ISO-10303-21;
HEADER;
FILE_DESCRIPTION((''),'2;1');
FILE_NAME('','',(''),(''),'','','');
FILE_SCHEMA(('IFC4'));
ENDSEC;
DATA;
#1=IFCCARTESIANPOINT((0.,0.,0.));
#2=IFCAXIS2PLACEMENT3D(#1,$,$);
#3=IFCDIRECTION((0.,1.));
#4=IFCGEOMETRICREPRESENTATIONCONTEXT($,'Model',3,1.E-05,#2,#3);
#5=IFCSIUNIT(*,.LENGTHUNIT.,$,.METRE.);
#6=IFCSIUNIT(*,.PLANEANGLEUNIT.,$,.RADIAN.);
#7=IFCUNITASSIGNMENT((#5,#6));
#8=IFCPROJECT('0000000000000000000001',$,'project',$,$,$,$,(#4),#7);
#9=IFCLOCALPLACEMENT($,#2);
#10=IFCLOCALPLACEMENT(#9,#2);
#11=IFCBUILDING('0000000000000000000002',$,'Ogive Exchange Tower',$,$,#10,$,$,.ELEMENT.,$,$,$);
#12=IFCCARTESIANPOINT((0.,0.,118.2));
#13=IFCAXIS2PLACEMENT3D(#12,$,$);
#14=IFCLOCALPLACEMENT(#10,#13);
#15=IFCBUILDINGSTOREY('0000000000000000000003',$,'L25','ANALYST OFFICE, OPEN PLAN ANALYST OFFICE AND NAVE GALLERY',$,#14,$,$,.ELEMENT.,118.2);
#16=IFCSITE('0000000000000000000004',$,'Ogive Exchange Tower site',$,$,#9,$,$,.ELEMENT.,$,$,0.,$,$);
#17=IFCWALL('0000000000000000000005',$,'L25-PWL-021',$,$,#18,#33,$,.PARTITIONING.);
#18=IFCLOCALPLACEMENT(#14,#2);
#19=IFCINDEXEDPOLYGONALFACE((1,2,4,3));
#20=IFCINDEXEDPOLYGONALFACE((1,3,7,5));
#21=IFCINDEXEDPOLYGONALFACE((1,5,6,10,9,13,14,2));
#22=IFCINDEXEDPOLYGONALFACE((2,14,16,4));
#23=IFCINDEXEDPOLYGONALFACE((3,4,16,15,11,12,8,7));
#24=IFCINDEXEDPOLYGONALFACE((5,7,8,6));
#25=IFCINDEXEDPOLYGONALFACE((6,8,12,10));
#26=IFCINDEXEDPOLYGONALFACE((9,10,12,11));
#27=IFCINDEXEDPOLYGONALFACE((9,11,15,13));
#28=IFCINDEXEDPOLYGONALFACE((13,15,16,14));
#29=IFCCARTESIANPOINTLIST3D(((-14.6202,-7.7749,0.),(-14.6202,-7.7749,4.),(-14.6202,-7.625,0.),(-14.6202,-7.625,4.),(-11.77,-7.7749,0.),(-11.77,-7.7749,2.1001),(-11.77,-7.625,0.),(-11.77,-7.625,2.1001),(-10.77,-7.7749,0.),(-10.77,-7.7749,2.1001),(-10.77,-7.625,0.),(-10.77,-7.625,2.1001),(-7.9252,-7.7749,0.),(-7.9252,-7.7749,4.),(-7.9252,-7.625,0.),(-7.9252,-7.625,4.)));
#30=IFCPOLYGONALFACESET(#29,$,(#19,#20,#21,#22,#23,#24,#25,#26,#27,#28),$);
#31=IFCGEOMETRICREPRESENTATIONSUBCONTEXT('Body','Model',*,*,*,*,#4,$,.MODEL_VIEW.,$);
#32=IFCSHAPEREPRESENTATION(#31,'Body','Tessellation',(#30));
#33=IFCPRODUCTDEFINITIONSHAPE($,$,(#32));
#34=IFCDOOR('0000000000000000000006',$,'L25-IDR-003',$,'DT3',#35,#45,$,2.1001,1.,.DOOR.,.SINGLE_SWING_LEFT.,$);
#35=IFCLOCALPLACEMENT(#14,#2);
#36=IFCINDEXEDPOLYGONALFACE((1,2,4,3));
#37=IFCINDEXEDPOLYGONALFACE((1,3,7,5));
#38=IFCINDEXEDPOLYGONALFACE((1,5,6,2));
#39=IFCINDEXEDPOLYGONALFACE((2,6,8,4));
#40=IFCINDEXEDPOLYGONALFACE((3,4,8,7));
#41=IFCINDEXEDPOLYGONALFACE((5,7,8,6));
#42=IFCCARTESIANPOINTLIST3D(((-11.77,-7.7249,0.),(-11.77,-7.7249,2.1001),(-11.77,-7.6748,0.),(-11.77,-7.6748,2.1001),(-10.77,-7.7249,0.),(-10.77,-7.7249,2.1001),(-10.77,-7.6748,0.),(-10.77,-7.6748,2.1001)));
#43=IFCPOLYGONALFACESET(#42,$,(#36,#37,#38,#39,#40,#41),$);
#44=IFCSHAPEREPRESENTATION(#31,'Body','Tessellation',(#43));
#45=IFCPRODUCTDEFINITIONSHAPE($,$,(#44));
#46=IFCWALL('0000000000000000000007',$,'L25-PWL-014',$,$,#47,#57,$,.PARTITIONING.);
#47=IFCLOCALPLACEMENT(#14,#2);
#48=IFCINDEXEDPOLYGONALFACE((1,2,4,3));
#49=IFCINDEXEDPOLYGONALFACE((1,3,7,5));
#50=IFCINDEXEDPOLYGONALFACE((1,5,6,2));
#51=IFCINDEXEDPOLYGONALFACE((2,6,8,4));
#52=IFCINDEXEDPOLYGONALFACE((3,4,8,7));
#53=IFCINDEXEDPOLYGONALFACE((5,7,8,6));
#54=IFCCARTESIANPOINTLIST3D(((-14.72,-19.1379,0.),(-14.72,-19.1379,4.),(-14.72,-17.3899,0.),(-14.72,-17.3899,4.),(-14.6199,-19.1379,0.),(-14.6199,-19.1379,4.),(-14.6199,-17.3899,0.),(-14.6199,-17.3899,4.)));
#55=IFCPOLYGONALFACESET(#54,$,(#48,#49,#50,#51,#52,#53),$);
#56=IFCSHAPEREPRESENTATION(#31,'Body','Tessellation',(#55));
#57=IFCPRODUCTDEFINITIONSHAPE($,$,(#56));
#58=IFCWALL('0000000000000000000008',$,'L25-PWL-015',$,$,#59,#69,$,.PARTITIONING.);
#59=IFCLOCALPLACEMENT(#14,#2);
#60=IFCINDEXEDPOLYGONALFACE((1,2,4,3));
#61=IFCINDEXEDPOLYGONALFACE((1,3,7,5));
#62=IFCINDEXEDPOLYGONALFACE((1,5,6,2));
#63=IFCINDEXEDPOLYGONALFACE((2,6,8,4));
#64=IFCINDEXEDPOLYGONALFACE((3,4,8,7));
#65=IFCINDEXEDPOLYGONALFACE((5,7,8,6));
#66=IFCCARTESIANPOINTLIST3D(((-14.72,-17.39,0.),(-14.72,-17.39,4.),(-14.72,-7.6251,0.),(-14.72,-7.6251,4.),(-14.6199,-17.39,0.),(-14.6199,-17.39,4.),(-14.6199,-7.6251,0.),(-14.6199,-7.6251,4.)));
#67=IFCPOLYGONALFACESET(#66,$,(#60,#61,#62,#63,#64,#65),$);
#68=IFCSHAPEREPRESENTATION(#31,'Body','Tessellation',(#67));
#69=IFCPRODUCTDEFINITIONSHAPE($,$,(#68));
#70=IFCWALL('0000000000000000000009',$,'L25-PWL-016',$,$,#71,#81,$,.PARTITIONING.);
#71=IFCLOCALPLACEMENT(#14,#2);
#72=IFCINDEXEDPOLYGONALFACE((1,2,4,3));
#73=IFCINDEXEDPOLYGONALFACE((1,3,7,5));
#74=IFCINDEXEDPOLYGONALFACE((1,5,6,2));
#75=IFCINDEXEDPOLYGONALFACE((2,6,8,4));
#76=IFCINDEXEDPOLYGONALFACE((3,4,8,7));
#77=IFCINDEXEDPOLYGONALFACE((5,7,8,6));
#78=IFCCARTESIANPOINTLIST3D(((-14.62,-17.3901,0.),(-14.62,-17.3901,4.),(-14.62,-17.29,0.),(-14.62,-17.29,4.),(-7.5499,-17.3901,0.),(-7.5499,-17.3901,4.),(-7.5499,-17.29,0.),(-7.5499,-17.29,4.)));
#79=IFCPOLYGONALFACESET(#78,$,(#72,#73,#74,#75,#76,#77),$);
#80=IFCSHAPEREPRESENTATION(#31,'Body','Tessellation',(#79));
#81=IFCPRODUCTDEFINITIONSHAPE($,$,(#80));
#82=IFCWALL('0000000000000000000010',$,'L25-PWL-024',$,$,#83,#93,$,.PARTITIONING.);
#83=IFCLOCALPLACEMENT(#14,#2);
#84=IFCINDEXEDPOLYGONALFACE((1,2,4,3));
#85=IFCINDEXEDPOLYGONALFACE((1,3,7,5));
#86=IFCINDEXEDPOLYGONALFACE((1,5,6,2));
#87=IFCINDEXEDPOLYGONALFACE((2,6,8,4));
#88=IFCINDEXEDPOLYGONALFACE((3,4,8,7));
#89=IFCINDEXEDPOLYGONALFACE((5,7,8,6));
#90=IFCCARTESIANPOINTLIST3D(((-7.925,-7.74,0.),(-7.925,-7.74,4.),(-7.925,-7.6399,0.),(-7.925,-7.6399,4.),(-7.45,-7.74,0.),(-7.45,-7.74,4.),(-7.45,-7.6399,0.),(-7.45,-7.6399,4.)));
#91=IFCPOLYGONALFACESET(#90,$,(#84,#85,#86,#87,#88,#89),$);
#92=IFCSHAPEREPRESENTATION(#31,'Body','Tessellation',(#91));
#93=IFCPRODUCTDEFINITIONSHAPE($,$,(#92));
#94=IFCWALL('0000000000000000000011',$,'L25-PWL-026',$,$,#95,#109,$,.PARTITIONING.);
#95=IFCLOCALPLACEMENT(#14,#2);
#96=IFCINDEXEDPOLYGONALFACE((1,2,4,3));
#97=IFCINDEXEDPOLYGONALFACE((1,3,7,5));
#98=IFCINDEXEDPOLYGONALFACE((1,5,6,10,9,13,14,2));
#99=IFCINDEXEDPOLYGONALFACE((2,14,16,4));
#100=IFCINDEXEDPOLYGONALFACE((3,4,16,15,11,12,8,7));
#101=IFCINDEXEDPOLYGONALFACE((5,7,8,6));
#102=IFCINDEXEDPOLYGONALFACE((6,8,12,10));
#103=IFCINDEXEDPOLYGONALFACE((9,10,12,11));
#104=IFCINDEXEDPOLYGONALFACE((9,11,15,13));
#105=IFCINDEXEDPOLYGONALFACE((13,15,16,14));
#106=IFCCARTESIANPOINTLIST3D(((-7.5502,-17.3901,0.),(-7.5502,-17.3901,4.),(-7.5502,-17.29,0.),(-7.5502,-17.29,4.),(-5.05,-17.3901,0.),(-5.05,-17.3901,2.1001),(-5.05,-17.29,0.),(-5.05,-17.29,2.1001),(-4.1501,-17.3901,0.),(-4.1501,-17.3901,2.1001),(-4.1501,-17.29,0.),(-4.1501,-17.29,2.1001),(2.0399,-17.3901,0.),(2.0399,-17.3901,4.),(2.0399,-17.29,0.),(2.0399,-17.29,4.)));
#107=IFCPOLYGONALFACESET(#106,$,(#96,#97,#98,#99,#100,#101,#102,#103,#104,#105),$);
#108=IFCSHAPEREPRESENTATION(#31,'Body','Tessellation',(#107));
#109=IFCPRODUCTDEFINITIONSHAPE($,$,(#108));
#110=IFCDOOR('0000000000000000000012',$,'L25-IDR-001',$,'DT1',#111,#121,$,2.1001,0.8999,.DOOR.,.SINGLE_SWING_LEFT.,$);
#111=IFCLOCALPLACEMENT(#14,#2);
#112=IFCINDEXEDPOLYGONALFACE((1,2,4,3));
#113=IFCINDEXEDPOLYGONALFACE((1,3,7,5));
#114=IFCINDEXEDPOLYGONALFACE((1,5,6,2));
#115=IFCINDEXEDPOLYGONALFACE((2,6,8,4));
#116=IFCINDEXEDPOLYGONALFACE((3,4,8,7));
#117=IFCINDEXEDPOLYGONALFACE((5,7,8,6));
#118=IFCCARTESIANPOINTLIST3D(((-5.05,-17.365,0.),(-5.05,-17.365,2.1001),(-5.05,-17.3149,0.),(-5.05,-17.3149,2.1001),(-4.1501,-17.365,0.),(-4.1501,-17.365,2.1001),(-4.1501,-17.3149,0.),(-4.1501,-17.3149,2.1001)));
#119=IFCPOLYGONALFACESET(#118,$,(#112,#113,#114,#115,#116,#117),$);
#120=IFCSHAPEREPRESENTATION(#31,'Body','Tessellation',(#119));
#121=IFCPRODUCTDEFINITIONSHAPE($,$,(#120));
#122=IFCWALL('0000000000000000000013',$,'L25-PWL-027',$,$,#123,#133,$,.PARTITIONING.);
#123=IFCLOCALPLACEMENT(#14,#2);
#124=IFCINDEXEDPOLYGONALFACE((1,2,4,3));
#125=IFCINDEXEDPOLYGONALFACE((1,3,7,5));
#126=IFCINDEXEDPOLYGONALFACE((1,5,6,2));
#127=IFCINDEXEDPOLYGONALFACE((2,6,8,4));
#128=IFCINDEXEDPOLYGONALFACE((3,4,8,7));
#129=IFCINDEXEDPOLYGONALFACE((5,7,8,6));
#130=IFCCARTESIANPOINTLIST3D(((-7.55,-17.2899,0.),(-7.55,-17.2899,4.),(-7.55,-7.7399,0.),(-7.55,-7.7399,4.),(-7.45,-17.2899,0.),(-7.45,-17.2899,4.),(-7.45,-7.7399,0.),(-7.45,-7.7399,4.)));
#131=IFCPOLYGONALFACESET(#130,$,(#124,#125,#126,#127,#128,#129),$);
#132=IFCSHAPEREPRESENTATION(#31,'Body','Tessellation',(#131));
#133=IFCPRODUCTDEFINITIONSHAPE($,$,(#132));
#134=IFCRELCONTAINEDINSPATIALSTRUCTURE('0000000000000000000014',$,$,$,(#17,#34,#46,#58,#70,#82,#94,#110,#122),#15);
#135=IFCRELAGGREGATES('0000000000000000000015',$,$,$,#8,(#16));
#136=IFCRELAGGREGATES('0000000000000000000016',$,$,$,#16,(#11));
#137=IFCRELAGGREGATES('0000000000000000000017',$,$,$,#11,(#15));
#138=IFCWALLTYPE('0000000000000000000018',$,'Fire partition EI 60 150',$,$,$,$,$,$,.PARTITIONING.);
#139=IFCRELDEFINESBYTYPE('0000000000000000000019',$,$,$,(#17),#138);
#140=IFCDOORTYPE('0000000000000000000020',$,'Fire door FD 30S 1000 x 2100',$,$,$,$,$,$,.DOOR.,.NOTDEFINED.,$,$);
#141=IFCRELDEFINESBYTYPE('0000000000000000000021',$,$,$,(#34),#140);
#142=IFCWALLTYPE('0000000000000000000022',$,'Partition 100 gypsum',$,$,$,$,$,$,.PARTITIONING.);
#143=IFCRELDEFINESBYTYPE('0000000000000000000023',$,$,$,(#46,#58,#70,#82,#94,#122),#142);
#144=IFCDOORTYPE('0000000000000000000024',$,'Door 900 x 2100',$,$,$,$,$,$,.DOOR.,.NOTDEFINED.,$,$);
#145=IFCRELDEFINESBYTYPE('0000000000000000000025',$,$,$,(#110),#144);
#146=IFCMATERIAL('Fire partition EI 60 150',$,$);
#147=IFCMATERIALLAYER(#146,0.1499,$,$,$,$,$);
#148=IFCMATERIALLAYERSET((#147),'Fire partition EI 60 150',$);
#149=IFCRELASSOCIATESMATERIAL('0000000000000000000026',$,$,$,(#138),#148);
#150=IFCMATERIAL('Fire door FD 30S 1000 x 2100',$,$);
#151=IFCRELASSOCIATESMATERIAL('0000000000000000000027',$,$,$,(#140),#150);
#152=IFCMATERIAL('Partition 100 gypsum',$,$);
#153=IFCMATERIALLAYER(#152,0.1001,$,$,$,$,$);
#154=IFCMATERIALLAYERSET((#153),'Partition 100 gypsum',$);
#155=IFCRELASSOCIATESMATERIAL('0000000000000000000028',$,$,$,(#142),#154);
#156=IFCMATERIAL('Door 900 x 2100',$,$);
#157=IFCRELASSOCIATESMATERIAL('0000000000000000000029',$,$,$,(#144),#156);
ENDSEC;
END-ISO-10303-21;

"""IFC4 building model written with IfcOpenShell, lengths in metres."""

from ifc_helpers import new_model, si_unit, direction, frame, frame_2d, origin, place, context, subcontext, project, spatial, rectangle, extrude, material, layer, layer_set, type_object, element, fill, save


model = new_model("IFC4")

# Units and contexts
model_context = context("Model", 3, precision=1e-05, world=origin(), true_north=direction((0.0, 1.0)))
body_context = subcontext(model_context, "Body", "Model", "MODEL_VIEW")
ifc_project = project(units=[si_unit("LENGTHUNIT", "METRE"), si_unit("PLANEANGLEUNIT", "RADIAN")], contexts=[model_context])

# Site, building, storey
site_placement = place(None, origin())
site = spatial("IfcSite", under=ifc_project, at=site_placement, Name="Ogive Exchange Tower site", CompositionType="ELEMENT", RefElevation=0.0)
building_placement = place(site_placement, origin())
building = spatial("IfcBuilding", under=site, at=building_placement, Name="Ogive Exchange Tower", CompositionType="ELEMENT")
storey_placement = place(building_placement, frame((0.0, 0.0, 118.2)))
storey = spatial("IfcBuildingStorey", under=building, at=storey_placement, Name="L25", Description="ANALYST OFFICE, OPEN PLAN ANALYST OFFICE AND NAVE GALLERY", CompositionType="ELEMENT", Elevation=118.2)

# Wall, opening, door
ifc_material_1 = material(Name="Fire partition EI 60 150")
ifc_layer_1 = layer(ifc_material_1, 0.1499)
ifc_layer_set_1 = layer_set([ifc_layer_1], Name="Fire partition EI 60 150")
wall_type_1 = type_object("IfcWallType", Name="Fire partition EI 60 150", PredefinedType="PARTITIONING", material=ifc_layer_set_1)
ifc_material_2 = material(Name="Fire door FD 30S 1000 x 2100")
door_type_1 = type_object("IfcDoorType", Name="Fire door FD 30S 1000 x 2100", OperationType="NOTDEFINED", PredefinedType="DOOR", material=ifc_material_2)
wall_1_placement = place(storey_placement, frame((-7.925, -7.7, 0.0), z_axis=(0.0, 0.0, 1.0), x_axis=(-1.0, 0.0, 0.0)))
wall_1 = element("IfcWall", 1, at=wall_1_placement, inside=storey, type_object=wall_type_1, Name="L25-PWL-021", PredefinedType="PARTITIONING", context=body_context, shape_type="SweptSolid", body=[
    extrude(rectangle(XDim=6.6951, YDim=0.1499, at=frame_2d((3.3477, 0.0))), origin(), (0.0, 0.0, 1.0), 4.0),
])
opening_1_placement = place(wall_1_placement, frame((2.845, 0.0, 0.0)))
opening_1 = element("IfcOpeningElement", 2, at=opening_1_placement, cuts=wall_1, PredefinedType="OPENING", context=body_context, shape_type="SweptSolid", body=[
    extrude(rectangle(XDim=1.0, YDim=2.1001, at=frame_2d((0.5, 1.05))), frame((0.0, 0.085, 0.0), z_axis=(0.0, -1.0, 0.0), x_axis=(1.0, 0.0, 0.0)), (0.0, 0.0, 1.0), 0.1699),
])
door_1_placement = place(opening_1_placement, origin())
door_1 = element("IfcDoor", 3, at=door_1_placement, inside=storey, type_object=door_type_1, Name="L25-IDR-003", ObjectType="DT3", OperationType="SINGLE_SWING_LEFT", OverallHeight=2.1001, OverallWidth=1.0, PredefinedType="DOOR", context=body_context, shape_type="SweptSolid", body=[
    extrude(rectangle(XDim=1.0, YDim=2.1001, at=frame_2d((0.5, 1.05))), frame((0.0, 0.0249, 0.0), z_axis=(0.0, -1.0, 0.0), x_axis=(1.0, 0.0, 0.0)), (0.0, 0.0, 1.0), 0.05),
])
fill(opening_1, door_1)

# Walls
ifc_material_3 = material(Name="Partition 100 gypsum")
ifc_layer_2 = layer(ifc_material_3, 0.1001)
ifc_layer_set_2 = layer_set([ifc_layer_2], Name="Partition 100 gypsum")
wall_type_2 = type_object("IfcWallType", Name="Partition 100 gypsum", PredefinedType="PARTITIONING", material=ifc_layer_set_2)
wall_2_placement = place(storey_placement, frame((-14.6699, -19.1379, 0.0), z_axis=(0.0, 0.0, 1.0), x_axis=(0.0, 1.0, 0.0)))
element("IfcWall", 4, at=wall_2_placement, inside=storey, type_object=wall_type_2, Name="L25-PWL-014", PredefinedType="PARTITIONING", context=body_context, shape_type="SweptSolid", body=[
    extrude(rectangle(XDim=1.748, YDim=0.1001, at=frame_2d((0.874, 0.0))), origin(), (0.0, 0.0, 1.0), 4.0),
])
wall_3_placement = place(storey_placement, frame((-14.6699, -17.3899, 0.0), z_axis=(0.0, 0.0, 1.0), x_axis=(0.0, 1.0, 0.0)))
element("IfcWall", 5, at=wall_3_placement, inside=storey, type_object=wall_type_2, Name="L25-PWL-015", PredefinedType="PARTITIONING", context=body_context, shape_type="SweptSolid", body=[
    extrude(rectangle(XDim=9.7649, YDim=0.1001, at=frame_2d((4.8823, 0.0))), origin(), (0.0, 0.0, 1.0), 4.0),
])
wall_4_placement = place(storey_placement, frame((-14.6201, -17.3401, 0.0), z_axis=(0.0, 0.0, 1.0), x_axis=(1.0, 0.0, 0.0)))
element("IfcWall", 6, at=wall_4_placement, inside=storey, type_object=wall_type_2, Name="L25-PWL-016", PredefinedType="PARTITIONING", context=body_context, shape_type="SweptSolid", body=[
    extrude(rectangle(XDim=7.0701, YDim=0.1001, at=frame_2d((3.5352, 0.0))), origin(), (0.0, 0.0, 1.0), 4.0),
])
wall_5_placement = place(storey_placement, frame((-7.925, -7.6899, 0.0), z_axis=(0.0, 0.0, 1.0), x_axis=(1.0, 0.0, 0.0)))
element("IfcWall", 7, at=wall_5_placement, inside=storey, type_object=wall_type_2, Name="L25-PWL-024", PredefinedType="PARTITIONING", context=body_context, shape_type="SweptSolid", body=[
    extrude(rectangle(XDim=0.4751, YDim=0.1001, at=frame_2d((0.2375, 0.0))), origin(), (0.0, 0.0, 1.0), 4.0),
])

# Wall, opening, door
wall_6_placement = place(storey_placement, frame((-7.55, -17.3401, 0.0), z_axis=(0.0, 0.0, 1.0), x_axis=(1.0, 0.0, 0.0)))
wall_6 = element("IfcWall", 8, at=wall_6_placement, inside=storey, type_object=wall_type_2, Name="L25-PWL-026", PredefinedType="PARTITIONING", context=body_context, shape_type="SweptSolid", body=[
    extrude(rectangle(XDim=9.5901, YDim=0.1001, at=frame_2d((4.7949, 0.0))), origin(), (0.0, 0.0, 1.0), 4.0),
])
opening_2_placement = place(wall_6_placement, frame((2.5, 0.0, 0.0)))
opening_2 = element("IfcOpeningElement", 9, at=opening_2_placement, cuts=wall_6, PredefinedType="OPENING", context=body_context, shape_type="SweptSolid", body=[
    extrude(rectangle(XDim=0.8999, YDim=2.1001, at=frame_2d((0.45, 1.05))), frame((0.0, 0.0601, 0.0), z_axis=(0.0, -1.0, 0.0), x_axis=(1.0, 0.0, 0.0)), (0.0, 0.0, 1.0), 0.1201),
])
ifc_material_4 = material(Name="Door 900 x 2100")
door_type_2 = type_object("IfcDoorType", Name="Door 900 x 2100", OperationType="NOTDEFINED", PredefinedType="DOOR", material=ifc_material_4)
door_2_placement = place(opening_2_placement, frame((0.8999, 0.0, 0.0), z_axis=(0.0, 0.0, 1.0), x_axis=(-1.0, 0.0, 0.0)))
door_2 = element("IfcDoor", 10, at=door_2_placement, inside=storey, type_object=door_type_2, Name="L25-IDR-001", ObjectType="DT1", OperationType="SINGLE_SWING_LEFT", OverallHeight=2.1001, OverallWidth=0.8999, PredefinedType="DOOR", context=body_context, shape_type="SweptSolid", body=[
    extrude(rectangle(XDim=0.8999, YDim=2.1001, at=frame_2d((0.45, 1.05))), frame((0.0, 0.0249, 0.0), z_axis=(0.0, -1.0, 0.0), x_axis=(1.0, 0.0, 0.0)), (0.0, 0.0, 1.0), 0.05),
])
fill(opening_2, door_2)

# Wall
wall_7_placement = place(storey_placement, frame((-7.5, -7.74, 0.0), z_axis=(0.0, 0.0, 1.0), x_axis=(0.0, -1.0, 0.0)))
element("IfcWall", 11, at=wall_7_placement, inside=storey, type_object=wall_type_2, Name="L25-PWL-027", PredefinedType="PARTITIONING", context=body_context, shape_type="SweptSolid", body=[
    extrude(rectangle(XDim=9.55, YDim=0.1001, at=frame_2d((4.7749, 0.0))), origin(), (0.0, 0.0, 1.0), 4.0),
])

save(model, "model.ifc")
